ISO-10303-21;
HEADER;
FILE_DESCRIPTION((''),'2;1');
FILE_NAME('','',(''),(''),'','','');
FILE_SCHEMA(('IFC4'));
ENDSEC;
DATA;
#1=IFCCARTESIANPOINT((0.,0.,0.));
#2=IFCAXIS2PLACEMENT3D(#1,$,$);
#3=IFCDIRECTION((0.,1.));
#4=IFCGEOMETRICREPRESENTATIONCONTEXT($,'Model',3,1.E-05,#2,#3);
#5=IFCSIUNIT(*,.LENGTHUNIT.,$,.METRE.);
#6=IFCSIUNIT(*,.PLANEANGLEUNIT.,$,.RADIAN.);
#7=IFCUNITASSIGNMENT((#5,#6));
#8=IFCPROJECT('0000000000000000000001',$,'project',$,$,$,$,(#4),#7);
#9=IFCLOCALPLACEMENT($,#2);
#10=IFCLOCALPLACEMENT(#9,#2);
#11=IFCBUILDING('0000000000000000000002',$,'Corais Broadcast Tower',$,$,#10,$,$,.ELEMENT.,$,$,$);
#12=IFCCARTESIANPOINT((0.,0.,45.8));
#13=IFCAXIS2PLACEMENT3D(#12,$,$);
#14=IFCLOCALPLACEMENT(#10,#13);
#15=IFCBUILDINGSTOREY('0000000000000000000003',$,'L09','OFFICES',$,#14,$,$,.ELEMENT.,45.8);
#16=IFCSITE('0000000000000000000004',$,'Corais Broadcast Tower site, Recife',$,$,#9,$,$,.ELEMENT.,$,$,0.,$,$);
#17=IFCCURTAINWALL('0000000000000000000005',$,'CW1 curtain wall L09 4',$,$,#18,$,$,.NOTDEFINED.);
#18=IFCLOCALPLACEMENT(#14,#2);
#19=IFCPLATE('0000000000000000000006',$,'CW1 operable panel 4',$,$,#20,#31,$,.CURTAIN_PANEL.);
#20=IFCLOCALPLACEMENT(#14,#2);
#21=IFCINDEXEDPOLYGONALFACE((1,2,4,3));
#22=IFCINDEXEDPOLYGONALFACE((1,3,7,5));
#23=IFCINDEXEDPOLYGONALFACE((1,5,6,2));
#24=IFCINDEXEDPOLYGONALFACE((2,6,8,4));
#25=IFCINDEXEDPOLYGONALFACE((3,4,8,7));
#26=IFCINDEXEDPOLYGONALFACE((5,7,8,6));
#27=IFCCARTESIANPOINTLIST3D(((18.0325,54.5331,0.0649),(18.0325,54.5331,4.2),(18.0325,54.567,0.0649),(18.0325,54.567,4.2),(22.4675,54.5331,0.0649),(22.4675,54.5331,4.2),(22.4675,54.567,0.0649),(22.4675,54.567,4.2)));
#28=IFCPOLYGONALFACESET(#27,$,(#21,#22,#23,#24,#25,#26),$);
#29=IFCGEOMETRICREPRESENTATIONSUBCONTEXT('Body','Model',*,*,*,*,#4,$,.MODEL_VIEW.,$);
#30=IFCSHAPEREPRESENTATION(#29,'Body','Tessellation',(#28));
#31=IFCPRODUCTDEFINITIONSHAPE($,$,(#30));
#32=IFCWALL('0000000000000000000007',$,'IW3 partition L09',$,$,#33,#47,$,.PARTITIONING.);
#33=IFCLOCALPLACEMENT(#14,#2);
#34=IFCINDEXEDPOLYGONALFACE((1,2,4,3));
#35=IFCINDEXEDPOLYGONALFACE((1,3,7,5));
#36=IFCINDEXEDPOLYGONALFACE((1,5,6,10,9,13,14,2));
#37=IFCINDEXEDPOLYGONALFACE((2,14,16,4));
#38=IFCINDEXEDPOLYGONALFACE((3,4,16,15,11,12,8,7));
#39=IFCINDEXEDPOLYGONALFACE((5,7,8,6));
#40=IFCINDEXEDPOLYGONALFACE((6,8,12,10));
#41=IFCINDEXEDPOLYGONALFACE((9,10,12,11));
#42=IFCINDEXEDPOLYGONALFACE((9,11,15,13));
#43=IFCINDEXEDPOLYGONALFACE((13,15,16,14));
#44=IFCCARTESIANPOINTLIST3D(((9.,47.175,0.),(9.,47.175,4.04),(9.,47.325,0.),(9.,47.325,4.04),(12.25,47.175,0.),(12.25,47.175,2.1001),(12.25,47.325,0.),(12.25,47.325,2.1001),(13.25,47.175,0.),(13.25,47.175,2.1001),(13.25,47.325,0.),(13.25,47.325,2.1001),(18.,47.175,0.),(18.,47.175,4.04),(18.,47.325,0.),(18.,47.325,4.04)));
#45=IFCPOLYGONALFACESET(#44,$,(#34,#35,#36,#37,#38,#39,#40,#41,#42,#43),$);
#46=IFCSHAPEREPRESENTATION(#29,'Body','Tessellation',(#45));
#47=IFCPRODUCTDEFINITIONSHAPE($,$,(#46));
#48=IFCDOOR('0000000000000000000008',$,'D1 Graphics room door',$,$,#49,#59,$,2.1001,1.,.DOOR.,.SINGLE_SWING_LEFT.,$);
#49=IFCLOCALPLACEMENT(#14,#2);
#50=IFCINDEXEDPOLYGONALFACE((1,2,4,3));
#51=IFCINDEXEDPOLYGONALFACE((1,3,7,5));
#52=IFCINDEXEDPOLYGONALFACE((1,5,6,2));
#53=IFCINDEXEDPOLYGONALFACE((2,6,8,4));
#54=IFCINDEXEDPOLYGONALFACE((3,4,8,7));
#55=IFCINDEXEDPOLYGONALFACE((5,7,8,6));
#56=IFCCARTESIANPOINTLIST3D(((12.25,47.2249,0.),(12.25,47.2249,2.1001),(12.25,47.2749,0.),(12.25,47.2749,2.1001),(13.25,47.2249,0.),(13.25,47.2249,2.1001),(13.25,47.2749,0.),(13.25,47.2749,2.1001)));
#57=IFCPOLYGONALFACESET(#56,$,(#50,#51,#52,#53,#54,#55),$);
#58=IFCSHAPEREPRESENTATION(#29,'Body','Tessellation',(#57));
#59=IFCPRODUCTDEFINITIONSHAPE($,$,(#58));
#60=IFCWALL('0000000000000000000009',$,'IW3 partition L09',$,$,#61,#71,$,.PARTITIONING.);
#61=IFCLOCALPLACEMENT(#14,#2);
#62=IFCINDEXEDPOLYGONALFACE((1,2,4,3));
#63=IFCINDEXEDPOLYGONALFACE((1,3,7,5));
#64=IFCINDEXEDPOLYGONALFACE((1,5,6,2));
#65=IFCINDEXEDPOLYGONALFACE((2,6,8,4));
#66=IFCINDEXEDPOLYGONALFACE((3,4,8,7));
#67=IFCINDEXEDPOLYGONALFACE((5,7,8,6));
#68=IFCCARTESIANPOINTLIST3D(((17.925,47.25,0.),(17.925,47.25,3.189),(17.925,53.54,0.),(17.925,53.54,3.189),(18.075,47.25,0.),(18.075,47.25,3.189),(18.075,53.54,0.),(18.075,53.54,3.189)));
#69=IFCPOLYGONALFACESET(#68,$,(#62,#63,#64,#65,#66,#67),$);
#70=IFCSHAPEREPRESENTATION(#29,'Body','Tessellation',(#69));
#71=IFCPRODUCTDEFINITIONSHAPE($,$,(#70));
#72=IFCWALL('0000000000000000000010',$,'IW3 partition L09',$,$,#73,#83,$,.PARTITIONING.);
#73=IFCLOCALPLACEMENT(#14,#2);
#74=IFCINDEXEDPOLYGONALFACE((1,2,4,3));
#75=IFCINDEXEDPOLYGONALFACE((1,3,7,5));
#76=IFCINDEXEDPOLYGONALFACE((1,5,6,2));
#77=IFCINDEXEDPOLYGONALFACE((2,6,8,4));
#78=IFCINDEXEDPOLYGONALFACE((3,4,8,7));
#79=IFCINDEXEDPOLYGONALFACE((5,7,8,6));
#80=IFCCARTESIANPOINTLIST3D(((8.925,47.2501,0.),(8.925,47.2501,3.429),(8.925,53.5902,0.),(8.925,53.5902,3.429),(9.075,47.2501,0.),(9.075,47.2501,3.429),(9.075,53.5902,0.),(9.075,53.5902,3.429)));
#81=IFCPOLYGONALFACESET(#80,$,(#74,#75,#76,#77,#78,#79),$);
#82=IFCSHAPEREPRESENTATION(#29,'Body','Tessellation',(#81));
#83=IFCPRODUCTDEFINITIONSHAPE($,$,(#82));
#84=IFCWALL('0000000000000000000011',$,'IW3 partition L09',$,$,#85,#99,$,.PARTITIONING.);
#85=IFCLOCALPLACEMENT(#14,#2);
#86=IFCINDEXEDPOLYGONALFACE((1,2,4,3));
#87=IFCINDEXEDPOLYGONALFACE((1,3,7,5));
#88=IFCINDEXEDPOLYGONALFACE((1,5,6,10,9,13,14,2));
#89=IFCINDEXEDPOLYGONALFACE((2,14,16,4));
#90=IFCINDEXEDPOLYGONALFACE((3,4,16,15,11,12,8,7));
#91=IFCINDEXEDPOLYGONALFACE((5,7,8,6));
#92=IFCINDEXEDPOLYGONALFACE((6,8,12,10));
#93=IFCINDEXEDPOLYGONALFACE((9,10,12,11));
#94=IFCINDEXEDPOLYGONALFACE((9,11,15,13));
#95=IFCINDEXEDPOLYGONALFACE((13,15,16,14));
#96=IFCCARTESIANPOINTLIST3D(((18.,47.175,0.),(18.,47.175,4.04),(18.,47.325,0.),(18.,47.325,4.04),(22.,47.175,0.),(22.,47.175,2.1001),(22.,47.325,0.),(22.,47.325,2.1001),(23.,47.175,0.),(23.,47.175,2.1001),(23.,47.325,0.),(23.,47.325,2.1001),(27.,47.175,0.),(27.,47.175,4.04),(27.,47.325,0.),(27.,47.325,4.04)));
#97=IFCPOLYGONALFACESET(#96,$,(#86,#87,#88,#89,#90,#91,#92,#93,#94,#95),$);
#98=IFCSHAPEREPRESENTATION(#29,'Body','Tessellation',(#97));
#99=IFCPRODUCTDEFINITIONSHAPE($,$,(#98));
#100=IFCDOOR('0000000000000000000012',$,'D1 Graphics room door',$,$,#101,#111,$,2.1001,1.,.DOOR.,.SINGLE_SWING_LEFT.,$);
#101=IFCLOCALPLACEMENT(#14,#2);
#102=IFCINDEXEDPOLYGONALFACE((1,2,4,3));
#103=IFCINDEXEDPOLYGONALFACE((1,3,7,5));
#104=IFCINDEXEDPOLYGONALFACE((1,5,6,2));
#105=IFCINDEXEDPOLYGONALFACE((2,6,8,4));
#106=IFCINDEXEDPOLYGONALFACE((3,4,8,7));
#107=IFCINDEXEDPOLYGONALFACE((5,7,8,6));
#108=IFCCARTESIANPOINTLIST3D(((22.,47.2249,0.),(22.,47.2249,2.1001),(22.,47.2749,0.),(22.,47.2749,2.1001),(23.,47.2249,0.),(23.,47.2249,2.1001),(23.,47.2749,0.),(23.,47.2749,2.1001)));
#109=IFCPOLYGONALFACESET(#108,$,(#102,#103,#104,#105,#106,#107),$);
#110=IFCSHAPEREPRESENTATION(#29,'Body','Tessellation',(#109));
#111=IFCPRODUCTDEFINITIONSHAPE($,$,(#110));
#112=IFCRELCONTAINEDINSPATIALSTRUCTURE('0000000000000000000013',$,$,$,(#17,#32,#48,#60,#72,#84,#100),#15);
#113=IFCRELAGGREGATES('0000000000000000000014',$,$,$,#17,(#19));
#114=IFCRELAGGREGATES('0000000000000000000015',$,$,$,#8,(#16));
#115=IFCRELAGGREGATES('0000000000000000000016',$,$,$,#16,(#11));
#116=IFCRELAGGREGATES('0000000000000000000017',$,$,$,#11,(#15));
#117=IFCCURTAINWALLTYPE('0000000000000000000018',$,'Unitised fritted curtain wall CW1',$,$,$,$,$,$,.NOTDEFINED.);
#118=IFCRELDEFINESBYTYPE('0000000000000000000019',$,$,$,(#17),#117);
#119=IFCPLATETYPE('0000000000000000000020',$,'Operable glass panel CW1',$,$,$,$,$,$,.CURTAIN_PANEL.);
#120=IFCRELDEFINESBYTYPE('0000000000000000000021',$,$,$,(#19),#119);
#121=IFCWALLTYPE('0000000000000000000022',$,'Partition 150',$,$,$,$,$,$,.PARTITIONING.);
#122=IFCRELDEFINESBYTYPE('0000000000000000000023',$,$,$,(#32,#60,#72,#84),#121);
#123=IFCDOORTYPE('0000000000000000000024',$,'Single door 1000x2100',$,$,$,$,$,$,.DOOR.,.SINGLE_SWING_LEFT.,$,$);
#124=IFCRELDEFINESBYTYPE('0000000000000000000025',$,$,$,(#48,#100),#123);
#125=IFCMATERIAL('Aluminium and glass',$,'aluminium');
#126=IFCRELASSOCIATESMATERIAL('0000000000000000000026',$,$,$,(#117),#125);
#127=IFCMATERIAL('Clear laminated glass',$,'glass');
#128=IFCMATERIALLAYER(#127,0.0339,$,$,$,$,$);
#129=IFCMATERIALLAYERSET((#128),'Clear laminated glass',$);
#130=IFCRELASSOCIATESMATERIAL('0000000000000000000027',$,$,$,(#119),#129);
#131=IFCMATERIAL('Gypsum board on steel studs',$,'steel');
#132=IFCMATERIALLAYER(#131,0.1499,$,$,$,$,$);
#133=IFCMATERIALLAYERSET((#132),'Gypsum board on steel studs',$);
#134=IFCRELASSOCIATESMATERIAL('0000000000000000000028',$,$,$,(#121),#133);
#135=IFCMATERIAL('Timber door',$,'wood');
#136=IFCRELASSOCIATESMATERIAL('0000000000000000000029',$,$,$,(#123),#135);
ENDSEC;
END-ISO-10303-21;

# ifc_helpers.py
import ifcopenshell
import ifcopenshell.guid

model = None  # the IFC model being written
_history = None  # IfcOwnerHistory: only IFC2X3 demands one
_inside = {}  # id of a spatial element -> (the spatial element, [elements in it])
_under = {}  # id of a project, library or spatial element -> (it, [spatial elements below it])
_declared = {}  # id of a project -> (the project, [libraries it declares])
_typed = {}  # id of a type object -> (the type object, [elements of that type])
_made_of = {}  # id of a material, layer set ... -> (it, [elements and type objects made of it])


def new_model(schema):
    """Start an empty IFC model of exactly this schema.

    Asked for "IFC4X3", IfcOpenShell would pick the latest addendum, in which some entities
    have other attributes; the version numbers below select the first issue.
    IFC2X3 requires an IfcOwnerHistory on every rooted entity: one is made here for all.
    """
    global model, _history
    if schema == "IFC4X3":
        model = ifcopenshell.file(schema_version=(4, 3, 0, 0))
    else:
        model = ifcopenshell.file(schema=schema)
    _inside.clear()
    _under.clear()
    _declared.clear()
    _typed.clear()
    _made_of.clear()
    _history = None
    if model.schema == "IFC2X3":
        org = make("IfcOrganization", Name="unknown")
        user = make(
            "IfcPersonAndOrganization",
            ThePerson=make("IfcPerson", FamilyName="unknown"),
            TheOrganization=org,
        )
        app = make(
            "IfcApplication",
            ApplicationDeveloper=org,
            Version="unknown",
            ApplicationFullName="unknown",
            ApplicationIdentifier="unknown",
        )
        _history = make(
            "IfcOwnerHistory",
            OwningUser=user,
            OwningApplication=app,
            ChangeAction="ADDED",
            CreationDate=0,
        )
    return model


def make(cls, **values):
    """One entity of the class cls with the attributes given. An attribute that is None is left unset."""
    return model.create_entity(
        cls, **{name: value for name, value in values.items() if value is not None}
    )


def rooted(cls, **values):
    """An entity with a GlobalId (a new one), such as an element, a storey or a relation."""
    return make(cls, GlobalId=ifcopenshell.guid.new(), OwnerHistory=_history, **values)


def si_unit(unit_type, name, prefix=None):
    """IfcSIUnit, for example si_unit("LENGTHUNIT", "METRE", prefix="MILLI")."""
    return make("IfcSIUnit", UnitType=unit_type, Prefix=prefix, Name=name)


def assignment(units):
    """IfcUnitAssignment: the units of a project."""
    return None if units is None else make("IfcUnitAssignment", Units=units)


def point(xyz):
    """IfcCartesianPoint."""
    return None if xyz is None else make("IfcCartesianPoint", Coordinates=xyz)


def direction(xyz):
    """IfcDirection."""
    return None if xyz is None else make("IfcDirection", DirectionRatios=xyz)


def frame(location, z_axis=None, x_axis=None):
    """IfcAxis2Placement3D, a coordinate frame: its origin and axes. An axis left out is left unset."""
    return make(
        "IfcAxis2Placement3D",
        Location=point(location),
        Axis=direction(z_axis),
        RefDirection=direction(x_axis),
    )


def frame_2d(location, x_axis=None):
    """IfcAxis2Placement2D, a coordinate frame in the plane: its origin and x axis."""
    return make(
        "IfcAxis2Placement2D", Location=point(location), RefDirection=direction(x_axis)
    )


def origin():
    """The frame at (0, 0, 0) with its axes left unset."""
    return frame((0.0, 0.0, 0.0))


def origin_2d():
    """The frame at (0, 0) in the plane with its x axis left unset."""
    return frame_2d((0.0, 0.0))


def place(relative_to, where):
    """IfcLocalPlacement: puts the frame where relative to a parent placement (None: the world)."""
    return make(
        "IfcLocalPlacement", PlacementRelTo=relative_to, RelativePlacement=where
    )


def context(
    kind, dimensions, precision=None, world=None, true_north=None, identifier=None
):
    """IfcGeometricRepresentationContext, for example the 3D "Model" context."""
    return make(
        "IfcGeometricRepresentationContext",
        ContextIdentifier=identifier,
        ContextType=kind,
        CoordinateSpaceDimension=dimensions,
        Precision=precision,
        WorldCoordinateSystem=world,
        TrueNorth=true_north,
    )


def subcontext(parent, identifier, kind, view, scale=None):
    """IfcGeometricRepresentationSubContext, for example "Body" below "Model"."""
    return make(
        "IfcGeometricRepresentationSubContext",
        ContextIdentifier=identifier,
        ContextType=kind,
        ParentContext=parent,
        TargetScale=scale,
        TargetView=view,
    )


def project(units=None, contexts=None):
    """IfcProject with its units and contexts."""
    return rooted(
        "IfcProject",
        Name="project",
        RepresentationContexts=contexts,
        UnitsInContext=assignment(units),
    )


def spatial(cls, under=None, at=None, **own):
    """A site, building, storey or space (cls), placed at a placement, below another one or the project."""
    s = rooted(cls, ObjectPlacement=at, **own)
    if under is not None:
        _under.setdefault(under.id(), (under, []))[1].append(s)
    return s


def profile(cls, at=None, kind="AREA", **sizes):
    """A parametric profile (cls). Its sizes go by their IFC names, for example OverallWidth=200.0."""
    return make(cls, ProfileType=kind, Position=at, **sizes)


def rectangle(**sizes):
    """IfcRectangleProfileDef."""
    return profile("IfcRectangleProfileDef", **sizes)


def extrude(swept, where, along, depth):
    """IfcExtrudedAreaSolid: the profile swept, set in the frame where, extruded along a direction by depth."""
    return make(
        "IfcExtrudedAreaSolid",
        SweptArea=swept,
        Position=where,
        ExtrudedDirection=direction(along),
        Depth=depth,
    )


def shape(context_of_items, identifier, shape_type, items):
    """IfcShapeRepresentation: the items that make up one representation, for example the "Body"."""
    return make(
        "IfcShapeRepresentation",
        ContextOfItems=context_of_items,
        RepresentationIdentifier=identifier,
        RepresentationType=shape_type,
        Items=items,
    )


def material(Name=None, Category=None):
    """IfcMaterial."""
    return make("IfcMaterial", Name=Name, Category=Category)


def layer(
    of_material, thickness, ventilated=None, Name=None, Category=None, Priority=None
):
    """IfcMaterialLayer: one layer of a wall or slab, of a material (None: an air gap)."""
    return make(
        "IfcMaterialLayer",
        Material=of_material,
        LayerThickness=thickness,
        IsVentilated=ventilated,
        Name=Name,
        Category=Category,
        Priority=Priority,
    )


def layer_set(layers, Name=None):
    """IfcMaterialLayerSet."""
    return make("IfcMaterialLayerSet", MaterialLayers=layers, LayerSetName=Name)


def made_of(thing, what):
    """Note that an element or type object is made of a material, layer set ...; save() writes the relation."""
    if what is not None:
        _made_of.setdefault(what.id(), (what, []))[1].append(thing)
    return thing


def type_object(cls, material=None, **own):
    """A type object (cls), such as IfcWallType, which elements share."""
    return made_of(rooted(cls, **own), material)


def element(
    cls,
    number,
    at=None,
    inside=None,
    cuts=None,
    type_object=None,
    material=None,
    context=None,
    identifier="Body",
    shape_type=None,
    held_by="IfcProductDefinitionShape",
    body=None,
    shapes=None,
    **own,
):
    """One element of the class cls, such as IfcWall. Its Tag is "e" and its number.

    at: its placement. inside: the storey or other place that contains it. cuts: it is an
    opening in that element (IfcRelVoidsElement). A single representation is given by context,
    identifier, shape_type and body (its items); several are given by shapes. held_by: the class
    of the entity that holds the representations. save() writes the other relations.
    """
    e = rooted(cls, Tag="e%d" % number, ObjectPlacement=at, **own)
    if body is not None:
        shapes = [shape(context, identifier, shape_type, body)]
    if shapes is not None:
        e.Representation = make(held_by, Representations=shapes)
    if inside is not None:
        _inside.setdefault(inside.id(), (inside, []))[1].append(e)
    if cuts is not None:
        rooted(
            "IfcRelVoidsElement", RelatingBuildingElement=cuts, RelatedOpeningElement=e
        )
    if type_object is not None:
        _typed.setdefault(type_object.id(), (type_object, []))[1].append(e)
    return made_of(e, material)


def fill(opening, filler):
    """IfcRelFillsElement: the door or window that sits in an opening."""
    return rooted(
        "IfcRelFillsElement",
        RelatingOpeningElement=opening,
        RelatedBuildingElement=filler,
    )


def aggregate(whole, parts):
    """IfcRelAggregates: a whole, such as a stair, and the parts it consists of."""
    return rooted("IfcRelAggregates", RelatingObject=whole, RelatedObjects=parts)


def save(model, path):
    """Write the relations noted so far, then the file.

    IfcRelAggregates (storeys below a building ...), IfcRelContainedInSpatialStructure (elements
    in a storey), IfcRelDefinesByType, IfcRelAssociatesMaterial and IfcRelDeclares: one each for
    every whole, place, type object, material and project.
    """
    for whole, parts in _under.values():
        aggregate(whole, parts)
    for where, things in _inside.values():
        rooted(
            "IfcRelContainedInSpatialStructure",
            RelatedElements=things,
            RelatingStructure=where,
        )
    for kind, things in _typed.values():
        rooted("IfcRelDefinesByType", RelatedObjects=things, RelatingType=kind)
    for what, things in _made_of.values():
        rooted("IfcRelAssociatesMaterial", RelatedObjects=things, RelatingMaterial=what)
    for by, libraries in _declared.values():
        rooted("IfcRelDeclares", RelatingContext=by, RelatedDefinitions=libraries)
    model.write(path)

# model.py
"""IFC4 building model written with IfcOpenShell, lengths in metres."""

from ifc_helpers import new_model, si_unit, direction, frame, frame_2d, origin, origin_2d, place, context, subcontext, project, spatial, rectangle, extrude, material, layer, layer_set, type_object, element, fill, aggregate, save


model = new_model("IFC4")

# Units and contexts
model_context = context("Model", 3, precision=1e-05, world=origin(), true_north=direction((0.0, 1.0)))
body_context = subcontext(model_context, "Body", "Model", "MODEL_VIEW")
ifc_project = project(units=[si_unit("LENGTHUNIT", "METRE"), si_unit("PLANEANGLEUNIT", "RADIAN")], contexts=[model_context])

# Site, building, storey
site_placement = place(None, origin())
site = spatial("IfcSite", under=ifc_project, at=site_placement, Name="Corais Broadcast Tower site, Recife", CompositionType="ELEMENT", RefElevation=0.0)
building_placement = place(site_placement, origin())
building = spatial("IfcBuilding", under=site, at=building_placement, Name="Corais Broadcast Tower", CompositionType="ELEMENT")
storey_placement = place(building_placement, frame((0.0, 0.0, 45.8)))
storey = spatial("IfcBuildingStorey", under=building, at=storey_placement, Name="L09", Description="OFFICES", CompositionType="ELEMENT", Elevation=45.8)

# Curtain wall
ifc_material_1 = material(Name="Aluminium and glass", Category="aluminium")
curtain_wall_type = type_object("IfcCurtainWallType", Name="Unitised fritted curtain wall CW1", PredefinedType="NOTDEFINED", material=ifc_material_1)
curtain_wall_placement = place(storey_placement, origin())
curtain_wall = element("IfcCurtainWall", 1, at=curtain_wall_placement, inside=storey, type_object=curtain_wall_type, Name="CW1 curtain wall L09 4", PredefinedType="NOTDEFINED")

# Plate
ifc_material_2 = material(Name="Clear laminated glass", Category="glass")
ifc_layer_1 = layer(ifc_material_2, 0.0339)
ifc_layer_set_1 = layer_set([ifc_layer_1], Name="Clear laminated glass")
plate_type_1 = type_object("IfcPlateType", Name="Operable glass panel CW1", PredefinedType="CURTAIN_PANEL", material=ifc_layer_set_1)
plate_1_placement = place(storey_placement, frame((20.25, 54.55, 0.0649), z_axis=(0.0, 0.0, 1.0), x_axis=(1.0, 0.0, 0.0)))
plate_1 = element("IfcPlate", 2, at=plate_1_placement, type_object=plate_type_1, Name="CW1 operable panel 4", PredefinedType="CURTAIN_PANEL", context=body_context, shape_type="SweptSolid", body=[
    extrude(rectangle(XDim=4.4351, YDim=0.0339, at=origin_2d()), origin(), (0.0, 0.0, 1.0), 4.135),
])
aggregate(curtain_wall, [plate_1])

# Wall, opening, door
ifc_material_3 = material(Name="Gypsum board on steel studs", Category="steel")
ifc_layer_2 = layer(ifc_material_3, 0.1499)
ifc_layer_set_2 = layer_set([ifc_layer_2], Name="Gypsum board on steel studs")
wall_type = type_object("IfcWallType", Name="Partition 150", PredefinedType="PARTITIONING", material=ifc_layer_set_2)
wall_1_placement = place(storey_placement, frame((9.0, 47.25, 0.0), z_axis=(0.0, 0.0, 1.0), x_axis=(1.0, 0.0, 0.0)))
wall_1 = element("IfcWall", 3, at=wall_1_placement, inside=storey, type_object=wall_type, Name="IW3 partition L09", PredefinedType="PARTITIONING", context=body_context, shape_type="SweptSolid", body=[
    extrude(rectangle(XDim=9.0, YDim=0.1499, at=frame_2d((4.5, 0.0))), origin(), (0.0, 0.0, 1.0), 4.04),
])
opening_1_placement = place(wall_1_placement, frame((3.25, 0.0, 0.0)))
opening_1 = element("IfcOpeningElement", 4, at=opening_1_placement, cuts=wall_1, PredefinedType="OPENING", context=body_context, shape_type="SweptSolid", body=[
    extrude(rectangle(XDim=1.0, YDim=2.1001, at=frame_2d((0.5, 1.05))), frame((0.0, 0.085, 0.0), z_axis=(0.0, -1.0, 0.0), x_axis=(1.0, 0.0, 0.0)), (0.0, 0.0, 1.0), 0.1699),
])
ifc_material_4 = material(Name="Timber door", Category="wood")
door_type = type_object("IfcDoorType", Name="Single door 1000x2100", OperationType="SINGLE_SWING_LEFT", PredefinedType="DOOR", material=ifc_material_4)
door_1_placement = place(opening_1_placement, origin())
door_1 = element("IfcDoor", 5, at=door_1_placement, inside=storey, type_object=door_type, Name="D1 Graphics room door", OperationType="SINGLE_SWING_LEFT", OverallHeight=2.1001, OverallWidth=1.0, PredefinedType="DOOR", context=body_context, shape_type="SweptSolid", body=[
    extrude(rectangle(XDim=1.0, YDim=2.1001, at=frame_2d((0.5, 1.05))), frame((0.0, 0.0249, 0.0), z_axis=(0.0, -1.0, 0.0), x_axis=(1.0, 0.0, 0.0)), (0.0, 0.0, 1.0), 0.05),
])
fill(opening_1, door_1)

# Walls
wall_2_placement = place(storey_placement, frame((18.0, 47.25, 0.0), z_axis=(0.0, 0.0, 1.0), x_axis=(0.0, 1.0, 0.0)))
element("IfcWall", 6, at=wall_2_placement, inside=storey, type_object=wall_type, Name="IW3 partition L09", PredefinedType="PARTITIONING", context=body_context, shape_type="SweptSolid", body=[
    extrude(rectangle(XDim=6.29, YDim=0.1499, at=frame_2d((3.145, 0.0))), origin(), (0.0, 0.0, 1.0), 3.189),
])
wall_3_placement = place(storey_placement, frame((9.0, 53.5901, 0.0), z_axis=(0.0, 0.0, 1.0), x_axis=(0.0, -1.0, 0.0)))
element("IfcWall", 7, at=wall_3_placement, inside=storey, type_object=wall_type, Name="IW3 partition L09", PredefinedType="PARTITIONING", context=body_context, shape_type="SweptSolid", body=[
    extrude(rectangle(XDim=6.3401, YDim=0.1499, at=frame_2d((3.1699, 0.0))), origin(), (0.0, 0.0, 1.0), 3.429),
])

# Wall, opening, door
wall_4_placement = place(storey_placement, frame((18.0, 47.25, 0.0), z_axis=(0.0, 0.0, 1.0), x_axis=(1.0, 0.0, 0.0)))
wall_4 = element("IfcWall", 8, at=wall_4_placement, inside=storey, type_object=wall_type, Name="IW3 partition L09", PredefinedType="PARTITIONING", context=body_context, shape_type="SweptSolid", body=[
    extrude(rectangle(XDim=9.0, YDim=0.1499, at=frame_2d((4.5, 0.0))), origin(), (0.0, 0.0, 1.0), 4.04),
])
opening_2_placement = place(wall_4_placement, frame((4.0, 0.0, 0.0)))
opening_2 = element("IfcOpeningElement", 9, at=opening_2_placement, cuts=wall_4, PredefinedType="OPENING", context=body_context, shape_type="SweptSolid", body=[
    extrude(rectangle(XDim=1.0, YDim=2.1001, at=frame_2d((0.5, 1.05))), frame((0.0, 0.085, 0.0), z_axis=(0.0, -1.0, 0.0), x_axis=(1.0, 0.0, 0.0)), (0.0, 0.0, 1.0), 0.1699),
])
door_2_placement = place(opening_2_placement, origin())
door_2 = element("IfcDoor", 10, at=door_2_placement, inside=storey, type_object=door_type, Name="D1 Graphics room door", OperationType="SINGLE_SWING_LEFT", OverallHeight=2.1001, OverallWidth=1.0, PredefinedType="DOOR", context=body_context, shape_type="SweptSolid", body=[
    extrude(rectangle(XDim=1.0, YDim=2.1001, at=frame_2d((0.5, 1.05))), frame((0.0, 0.0249, 0.0), z_axis=(0.0, -1.0, 0.0), x_axis=(1.0, 0.0, 0.0)), (0.0, 0.0, 1.0), 0.05),
])
fill(opening_2, door_2)

save(model, "model.ifc")
